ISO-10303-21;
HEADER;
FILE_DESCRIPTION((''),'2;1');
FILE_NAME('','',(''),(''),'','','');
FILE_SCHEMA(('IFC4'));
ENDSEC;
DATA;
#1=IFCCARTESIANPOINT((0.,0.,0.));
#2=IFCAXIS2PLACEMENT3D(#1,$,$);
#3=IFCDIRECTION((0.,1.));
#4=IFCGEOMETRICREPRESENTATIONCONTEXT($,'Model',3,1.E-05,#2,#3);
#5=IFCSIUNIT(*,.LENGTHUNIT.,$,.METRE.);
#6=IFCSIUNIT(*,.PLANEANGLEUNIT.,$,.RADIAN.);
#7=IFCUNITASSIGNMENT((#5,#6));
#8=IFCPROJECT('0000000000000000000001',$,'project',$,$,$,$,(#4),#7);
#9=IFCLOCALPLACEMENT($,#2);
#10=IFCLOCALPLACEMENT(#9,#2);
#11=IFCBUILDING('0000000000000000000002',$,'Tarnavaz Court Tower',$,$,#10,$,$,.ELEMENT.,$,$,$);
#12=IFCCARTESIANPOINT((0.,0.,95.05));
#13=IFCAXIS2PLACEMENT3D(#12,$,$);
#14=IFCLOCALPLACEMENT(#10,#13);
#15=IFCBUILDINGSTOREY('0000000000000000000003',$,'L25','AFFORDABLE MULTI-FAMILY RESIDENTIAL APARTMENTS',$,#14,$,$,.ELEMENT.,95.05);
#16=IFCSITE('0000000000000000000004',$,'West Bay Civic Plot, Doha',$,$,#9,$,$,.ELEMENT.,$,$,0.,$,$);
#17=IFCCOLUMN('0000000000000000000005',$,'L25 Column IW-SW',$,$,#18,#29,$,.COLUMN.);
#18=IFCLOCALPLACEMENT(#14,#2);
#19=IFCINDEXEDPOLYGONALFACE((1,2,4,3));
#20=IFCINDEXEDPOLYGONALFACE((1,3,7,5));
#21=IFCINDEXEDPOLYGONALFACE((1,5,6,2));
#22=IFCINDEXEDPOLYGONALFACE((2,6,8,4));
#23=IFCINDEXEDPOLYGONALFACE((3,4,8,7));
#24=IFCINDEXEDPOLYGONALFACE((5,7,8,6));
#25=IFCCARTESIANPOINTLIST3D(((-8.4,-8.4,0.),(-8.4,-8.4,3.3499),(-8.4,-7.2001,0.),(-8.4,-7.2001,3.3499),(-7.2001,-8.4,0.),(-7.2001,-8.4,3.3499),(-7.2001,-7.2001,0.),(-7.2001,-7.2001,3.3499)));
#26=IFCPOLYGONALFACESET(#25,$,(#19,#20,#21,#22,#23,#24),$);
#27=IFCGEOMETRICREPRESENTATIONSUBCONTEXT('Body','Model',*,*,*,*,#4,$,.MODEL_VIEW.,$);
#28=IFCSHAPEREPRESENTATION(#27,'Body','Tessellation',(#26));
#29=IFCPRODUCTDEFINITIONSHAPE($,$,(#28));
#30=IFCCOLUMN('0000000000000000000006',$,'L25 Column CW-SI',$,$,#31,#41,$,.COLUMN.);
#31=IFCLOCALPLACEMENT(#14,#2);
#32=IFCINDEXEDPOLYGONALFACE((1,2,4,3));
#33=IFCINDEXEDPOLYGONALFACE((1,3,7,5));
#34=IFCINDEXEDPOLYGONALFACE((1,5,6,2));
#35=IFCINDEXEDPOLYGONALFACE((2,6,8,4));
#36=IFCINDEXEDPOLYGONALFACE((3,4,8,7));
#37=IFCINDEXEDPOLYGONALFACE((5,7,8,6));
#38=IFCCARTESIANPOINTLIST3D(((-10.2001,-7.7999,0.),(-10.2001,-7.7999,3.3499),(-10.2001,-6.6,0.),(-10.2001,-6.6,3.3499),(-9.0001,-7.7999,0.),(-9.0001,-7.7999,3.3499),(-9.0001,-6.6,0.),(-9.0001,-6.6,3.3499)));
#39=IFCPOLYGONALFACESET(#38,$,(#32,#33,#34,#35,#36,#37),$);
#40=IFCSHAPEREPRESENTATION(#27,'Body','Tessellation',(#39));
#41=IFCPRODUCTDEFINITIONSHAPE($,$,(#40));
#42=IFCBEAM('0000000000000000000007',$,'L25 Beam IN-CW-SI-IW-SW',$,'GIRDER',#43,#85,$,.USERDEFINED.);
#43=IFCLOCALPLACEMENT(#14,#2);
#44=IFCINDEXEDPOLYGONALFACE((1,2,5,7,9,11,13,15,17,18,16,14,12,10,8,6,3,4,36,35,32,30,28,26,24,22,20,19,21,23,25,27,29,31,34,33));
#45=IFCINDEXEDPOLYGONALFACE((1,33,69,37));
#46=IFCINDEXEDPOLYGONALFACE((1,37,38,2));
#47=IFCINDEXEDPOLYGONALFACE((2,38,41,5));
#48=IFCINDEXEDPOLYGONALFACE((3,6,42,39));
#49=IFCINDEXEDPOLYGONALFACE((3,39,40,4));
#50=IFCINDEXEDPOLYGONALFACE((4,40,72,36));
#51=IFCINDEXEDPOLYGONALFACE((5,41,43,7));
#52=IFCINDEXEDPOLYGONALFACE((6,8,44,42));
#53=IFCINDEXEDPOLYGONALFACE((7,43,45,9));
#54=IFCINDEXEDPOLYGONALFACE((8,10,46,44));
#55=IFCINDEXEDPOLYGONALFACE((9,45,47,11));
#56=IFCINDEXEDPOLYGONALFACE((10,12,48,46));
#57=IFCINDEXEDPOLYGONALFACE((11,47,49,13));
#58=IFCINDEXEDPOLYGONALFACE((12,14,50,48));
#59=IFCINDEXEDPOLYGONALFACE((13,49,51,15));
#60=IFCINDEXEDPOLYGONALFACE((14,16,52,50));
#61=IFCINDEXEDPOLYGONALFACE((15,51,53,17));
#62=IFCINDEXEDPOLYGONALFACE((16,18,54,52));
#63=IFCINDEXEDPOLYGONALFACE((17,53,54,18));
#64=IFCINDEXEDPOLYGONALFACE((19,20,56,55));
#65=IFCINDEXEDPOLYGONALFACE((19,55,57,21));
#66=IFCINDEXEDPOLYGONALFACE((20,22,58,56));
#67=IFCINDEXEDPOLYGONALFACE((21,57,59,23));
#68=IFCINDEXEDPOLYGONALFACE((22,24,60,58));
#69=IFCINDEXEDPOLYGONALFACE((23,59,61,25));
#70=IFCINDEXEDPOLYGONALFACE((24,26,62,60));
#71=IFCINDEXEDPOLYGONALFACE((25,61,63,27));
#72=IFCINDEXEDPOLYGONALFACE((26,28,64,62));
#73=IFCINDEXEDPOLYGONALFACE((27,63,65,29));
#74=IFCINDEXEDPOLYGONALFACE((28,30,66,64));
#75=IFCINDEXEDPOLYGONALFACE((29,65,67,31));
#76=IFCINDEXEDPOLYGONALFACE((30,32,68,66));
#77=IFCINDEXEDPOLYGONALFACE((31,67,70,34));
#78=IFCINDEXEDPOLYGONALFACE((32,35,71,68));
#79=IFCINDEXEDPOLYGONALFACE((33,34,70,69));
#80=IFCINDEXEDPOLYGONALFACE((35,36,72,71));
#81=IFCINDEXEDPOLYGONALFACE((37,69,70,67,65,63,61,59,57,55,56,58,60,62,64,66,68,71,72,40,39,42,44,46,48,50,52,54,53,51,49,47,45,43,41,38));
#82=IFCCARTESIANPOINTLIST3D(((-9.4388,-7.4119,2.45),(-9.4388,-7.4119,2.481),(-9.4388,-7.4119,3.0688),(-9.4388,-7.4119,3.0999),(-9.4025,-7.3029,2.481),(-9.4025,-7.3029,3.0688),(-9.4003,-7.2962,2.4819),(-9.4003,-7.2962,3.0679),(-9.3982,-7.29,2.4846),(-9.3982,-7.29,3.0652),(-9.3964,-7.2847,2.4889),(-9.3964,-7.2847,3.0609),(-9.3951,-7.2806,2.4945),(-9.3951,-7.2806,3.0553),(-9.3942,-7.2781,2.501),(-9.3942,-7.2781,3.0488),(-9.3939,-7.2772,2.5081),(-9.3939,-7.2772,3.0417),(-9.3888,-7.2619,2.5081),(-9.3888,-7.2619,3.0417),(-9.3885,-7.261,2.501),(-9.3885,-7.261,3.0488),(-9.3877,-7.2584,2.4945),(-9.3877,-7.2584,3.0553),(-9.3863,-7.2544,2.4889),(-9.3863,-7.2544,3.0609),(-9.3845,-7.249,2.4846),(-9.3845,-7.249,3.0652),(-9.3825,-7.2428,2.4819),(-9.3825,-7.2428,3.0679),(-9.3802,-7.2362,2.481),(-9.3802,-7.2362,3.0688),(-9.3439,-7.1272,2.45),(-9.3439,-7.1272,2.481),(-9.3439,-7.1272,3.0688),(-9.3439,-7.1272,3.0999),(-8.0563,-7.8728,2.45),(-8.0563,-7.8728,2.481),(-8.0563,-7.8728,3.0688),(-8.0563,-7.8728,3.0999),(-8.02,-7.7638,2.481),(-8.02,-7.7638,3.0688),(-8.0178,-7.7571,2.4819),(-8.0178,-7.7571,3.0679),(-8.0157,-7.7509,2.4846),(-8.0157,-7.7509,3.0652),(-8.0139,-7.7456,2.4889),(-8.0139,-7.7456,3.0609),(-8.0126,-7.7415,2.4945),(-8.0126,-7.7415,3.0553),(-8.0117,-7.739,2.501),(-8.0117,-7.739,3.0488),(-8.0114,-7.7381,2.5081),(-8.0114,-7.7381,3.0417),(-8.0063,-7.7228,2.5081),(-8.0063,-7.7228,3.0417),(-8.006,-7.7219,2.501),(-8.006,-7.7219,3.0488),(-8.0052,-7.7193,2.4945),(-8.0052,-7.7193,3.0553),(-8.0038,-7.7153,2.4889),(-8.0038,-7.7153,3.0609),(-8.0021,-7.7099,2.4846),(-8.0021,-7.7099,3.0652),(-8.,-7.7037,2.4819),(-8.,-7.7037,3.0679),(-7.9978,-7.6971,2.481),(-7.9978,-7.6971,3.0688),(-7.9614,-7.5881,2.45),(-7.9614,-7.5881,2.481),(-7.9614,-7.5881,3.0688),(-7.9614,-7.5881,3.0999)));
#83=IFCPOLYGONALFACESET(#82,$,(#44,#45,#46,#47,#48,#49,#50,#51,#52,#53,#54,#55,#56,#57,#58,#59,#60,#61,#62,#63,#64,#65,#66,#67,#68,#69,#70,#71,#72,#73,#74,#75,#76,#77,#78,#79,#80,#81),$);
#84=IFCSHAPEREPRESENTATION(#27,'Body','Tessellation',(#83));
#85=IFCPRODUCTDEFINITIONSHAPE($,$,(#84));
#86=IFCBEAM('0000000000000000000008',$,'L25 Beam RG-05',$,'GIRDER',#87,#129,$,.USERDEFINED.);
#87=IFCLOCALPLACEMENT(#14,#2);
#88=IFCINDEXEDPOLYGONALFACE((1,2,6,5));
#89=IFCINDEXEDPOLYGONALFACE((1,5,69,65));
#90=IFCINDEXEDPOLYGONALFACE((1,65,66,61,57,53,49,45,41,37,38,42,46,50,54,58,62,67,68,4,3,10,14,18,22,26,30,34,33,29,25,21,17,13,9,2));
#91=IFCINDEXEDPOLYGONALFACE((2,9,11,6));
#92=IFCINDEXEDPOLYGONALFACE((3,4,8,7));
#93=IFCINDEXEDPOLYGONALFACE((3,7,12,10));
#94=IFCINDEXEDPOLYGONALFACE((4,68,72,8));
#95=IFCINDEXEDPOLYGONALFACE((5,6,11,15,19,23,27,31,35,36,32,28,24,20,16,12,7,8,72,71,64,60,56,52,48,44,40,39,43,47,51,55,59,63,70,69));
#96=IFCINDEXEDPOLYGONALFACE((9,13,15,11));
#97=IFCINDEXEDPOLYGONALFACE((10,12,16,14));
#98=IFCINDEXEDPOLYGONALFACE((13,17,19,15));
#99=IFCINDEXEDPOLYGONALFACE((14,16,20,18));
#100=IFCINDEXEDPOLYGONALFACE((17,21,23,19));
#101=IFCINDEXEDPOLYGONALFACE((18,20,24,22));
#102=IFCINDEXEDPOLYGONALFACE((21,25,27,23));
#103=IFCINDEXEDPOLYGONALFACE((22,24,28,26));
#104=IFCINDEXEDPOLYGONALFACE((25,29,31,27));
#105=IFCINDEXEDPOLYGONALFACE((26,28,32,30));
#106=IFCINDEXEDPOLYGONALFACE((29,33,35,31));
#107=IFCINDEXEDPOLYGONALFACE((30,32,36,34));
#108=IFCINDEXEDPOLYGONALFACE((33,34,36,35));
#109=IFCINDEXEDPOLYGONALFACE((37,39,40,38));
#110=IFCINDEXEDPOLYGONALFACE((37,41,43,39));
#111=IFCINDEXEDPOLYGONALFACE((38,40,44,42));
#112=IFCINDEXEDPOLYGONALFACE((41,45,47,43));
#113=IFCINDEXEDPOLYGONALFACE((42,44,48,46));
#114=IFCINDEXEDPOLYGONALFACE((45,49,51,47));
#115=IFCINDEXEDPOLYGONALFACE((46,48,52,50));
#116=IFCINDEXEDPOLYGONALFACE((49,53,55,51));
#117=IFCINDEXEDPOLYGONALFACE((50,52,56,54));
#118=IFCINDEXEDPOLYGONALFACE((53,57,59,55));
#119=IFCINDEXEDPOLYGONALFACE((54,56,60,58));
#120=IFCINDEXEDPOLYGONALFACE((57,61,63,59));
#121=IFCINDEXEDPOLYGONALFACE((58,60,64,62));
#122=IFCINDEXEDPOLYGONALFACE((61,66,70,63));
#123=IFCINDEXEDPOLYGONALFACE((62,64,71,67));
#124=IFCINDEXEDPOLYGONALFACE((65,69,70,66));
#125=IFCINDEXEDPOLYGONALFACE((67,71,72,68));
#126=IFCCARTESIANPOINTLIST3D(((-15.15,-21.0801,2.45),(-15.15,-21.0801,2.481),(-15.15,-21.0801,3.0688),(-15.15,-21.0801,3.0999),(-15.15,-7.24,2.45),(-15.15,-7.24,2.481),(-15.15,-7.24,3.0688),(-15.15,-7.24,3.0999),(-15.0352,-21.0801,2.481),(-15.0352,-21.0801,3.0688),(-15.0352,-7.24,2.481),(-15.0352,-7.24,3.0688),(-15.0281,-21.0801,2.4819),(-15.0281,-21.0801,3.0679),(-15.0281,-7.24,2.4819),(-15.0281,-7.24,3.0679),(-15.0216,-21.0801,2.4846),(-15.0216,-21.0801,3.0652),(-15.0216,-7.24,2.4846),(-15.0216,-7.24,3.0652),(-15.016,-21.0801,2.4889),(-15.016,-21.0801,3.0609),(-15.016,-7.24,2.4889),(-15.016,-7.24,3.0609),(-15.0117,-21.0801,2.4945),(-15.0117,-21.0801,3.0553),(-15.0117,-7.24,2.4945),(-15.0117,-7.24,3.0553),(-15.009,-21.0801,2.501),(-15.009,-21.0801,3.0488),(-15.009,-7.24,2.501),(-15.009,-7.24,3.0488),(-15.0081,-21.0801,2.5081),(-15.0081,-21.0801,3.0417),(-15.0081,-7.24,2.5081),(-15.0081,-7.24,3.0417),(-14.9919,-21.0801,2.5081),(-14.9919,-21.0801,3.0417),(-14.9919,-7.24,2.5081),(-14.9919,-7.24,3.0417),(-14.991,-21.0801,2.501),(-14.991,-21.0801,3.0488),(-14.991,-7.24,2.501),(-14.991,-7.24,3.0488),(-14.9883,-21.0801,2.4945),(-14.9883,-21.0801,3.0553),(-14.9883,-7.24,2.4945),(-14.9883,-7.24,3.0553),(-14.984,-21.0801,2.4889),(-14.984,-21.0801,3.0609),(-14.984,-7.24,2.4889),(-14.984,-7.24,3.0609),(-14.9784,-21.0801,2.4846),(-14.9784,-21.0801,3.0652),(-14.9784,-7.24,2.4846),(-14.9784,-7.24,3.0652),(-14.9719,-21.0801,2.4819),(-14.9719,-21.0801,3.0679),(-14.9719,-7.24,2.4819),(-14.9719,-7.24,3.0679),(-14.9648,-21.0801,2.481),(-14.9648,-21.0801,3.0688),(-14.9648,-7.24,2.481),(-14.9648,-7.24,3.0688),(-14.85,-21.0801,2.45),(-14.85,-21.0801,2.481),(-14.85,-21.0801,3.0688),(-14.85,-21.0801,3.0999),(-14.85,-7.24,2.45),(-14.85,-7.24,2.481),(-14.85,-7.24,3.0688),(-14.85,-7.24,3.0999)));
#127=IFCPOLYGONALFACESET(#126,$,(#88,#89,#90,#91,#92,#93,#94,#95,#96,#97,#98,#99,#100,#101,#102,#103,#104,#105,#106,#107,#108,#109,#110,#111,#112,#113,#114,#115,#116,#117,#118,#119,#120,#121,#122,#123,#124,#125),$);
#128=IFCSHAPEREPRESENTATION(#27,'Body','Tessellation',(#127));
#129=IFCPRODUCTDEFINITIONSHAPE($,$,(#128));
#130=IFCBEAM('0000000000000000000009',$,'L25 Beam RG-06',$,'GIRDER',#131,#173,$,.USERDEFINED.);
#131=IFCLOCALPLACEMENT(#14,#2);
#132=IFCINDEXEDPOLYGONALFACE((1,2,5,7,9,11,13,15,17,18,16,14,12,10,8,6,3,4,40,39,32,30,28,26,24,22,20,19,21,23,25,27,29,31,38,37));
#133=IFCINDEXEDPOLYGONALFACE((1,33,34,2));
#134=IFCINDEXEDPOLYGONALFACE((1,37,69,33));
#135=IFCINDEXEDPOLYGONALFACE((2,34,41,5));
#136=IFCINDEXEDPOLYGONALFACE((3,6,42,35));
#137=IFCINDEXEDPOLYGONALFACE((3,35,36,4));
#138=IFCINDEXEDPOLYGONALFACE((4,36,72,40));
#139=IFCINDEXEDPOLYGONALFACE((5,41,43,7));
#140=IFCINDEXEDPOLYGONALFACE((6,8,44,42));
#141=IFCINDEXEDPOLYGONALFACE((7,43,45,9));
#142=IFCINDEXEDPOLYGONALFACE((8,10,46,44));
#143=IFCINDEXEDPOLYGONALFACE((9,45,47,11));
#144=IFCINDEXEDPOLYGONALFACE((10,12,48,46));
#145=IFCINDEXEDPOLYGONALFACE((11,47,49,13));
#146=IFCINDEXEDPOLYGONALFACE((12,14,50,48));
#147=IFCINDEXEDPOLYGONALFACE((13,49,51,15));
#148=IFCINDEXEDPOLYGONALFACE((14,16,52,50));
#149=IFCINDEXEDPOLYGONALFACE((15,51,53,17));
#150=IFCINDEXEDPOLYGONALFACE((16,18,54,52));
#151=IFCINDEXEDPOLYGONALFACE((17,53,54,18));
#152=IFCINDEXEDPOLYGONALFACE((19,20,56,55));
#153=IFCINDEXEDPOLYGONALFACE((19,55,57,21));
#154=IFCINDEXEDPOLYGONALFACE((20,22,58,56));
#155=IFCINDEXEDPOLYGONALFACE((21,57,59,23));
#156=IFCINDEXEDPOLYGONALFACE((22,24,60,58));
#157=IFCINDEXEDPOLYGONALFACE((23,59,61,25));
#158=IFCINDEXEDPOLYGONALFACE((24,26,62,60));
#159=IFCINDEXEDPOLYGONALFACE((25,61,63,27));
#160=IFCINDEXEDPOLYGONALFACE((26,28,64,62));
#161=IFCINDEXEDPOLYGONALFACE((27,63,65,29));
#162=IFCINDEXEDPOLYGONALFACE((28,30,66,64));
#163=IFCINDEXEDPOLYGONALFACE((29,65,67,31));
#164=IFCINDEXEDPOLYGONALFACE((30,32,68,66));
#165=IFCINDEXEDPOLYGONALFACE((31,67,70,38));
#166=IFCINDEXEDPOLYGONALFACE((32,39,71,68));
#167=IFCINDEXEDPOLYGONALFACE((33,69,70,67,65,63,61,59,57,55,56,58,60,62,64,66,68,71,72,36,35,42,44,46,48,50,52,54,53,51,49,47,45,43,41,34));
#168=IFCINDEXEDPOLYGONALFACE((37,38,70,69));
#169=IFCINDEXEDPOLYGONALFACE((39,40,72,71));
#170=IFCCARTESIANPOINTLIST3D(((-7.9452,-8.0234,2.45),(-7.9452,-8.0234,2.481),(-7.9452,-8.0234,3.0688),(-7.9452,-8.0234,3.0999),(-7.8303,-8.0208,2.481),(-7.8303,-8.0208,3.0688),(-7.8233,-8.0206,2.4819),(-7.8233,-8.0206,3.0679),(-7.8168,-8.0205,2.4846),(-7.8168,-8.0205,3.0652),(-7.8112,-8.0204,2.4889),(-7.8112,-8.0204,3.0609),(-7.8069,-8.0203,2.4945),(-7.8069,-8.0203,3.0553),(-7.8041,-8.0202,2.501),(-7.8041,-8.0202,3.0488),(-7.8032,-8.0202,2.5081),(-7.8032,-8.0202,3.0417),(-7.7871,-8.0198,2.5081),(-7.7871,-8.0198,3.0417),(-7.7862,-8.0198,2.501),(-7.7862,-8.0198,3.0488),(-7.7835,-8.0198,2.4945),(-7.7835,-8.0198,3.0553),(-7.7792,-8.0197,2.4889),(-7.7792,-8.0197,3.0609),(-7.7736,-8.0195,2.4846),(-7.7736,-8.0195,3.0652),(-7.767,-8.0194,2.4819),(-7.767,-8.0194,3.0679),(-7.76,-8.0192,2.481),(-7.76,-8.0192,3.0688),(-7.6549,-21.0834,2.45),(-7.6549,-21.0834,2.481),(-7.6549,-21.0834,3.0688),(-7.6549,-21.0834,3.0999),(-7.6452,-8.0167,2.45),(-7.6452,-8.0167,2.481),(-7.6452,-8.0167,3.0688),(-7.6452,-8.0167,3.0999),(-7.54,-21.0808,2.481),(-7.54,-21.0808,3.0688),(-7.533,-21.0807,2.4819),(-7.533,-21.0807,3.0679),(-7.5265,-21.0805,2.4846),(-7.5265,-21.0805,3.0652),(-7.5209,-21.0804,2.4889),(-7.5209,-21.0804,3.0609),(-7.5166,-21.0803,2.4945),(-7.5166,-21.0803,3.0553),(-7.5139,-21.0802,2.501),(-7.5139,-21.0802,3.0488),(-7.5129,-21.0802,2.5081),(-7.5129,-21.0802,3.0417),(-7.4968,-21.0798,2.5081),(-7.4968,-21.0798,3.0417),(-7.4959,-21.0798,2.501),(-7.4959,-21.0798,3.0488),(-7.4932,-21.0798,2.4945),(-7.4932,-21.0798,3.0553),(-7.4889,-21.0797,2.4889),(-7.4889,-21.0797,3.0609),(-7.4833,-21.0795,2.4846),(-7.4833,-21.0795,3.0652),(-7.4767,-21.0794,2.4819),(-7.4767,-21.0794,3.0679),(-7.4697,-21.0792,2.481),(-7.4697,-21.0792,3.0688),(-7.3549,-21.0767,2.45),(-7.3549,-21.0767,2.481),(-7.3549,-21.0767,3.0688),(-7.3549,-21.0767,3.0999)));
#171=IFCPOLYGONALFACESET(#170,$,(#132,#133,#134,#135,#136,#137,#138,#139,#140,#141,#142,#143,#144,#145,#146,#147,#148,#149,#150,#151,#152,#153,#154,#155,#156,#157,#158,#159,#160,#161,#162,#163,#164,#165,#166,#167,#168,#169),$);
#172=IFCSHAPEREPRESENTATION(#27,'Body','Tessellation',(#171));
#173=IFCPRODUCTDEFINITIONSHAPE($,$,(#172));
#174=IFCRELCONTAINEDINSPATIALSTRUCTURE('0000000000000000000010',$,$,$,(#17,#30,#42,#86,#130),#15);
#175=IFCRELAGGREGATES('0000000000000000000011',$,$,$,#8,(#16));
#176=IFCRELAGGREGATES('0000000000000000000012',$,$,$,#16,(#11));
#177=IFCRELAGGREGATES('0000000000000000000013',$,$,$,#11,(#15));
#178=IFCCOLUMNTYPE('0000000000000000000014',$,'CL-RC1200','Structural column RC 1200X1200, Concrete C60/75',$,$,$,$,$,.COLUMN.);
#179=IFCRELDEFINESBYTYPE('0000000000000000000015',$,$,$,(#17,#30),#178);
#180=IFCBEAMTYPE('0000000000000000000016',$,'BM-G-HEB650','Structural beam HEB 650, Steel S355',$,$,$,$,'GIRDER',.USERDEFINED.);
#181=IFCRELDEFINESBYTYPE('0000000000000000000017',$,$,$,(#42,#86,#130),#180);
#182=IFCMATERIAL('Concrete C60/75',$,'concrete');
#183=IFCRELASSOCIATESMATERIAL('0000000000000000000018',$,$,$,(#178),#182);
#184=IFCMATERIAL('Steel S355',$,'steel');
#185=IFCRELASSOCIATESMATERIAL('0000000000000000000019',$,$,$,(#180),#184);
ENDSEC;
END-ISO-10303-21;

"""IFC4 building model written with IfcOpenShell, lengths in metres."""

from ifc_helpers import new_model, si_unit, direction, frame, origin, origin_2d, place, context, subcontext, project, spatial, rectangle, i_section, extrude, material, material_profile, profile_set, type_object, element, save


model = new_model("IFC4")

# Units and contexts
model_context = context("Model", 3, precision=1e-05, world=origin(), true_north=direction((0.0, 1.0)))
body_context = subcontext(model_context, "Body", "Model", "MODEL_VIEW")
ifc_project = project(units=[si_unit("LENGTHUNIT", "METRE"), si_unit("PLANEANGLEUNIT", "RADIAN")], contexts=[model_context])

# Site, building, storey
site_placement = place(None, origin())
site = spatial("IfcSite", under=ifc_project, at=site_placement, Name="West Bay Civic Plot, Doha", CompositionType="ELEMENT", RefElevation=0.0)
building_placement = place(site_placement, origin())
building = spatial("IfcBuilding", under=site, at=building_placement, Name="Tarnavaz Court Tower", CompositionType="ELEMENT")
storey_placement = place(building_placement, frame((0.0, 0.0, 95.05)))
storey = spatial("IfcBuildingStorey", under=building, at=storey_placement, Name="L25", Description="AFFORDABLE MULTI-FAMILY RESIDENTIAL APARTMENTS", CompositionType="ELEMENT", Elevation=95.05)

# Columns
ifc_material_1 = material(Name="Concrete C60/75", Category="concrete")
ifc_material_profile_1 = material_profile(ifc_material_1, rectangle(XDim=1.2, YDim=1.2, at=origin_2d()), Name="RC 1200X1200")
ifc_profile_set_1 = profile_set([ifc_material_profile_1], Name="Concrete C60/75")
column_type = type_object("IfcColumnType", Name="CL-RC1200", Description="Structural column RC 1200X1200, Concrete C60/75", PredefinedType="COLUMN", material=ifc_profile_set_1)
for number, where, z_axis, x_axis, name in (
    (1, (-7.8, -7.8, 0.0), (0.0, 0.0, 1.0), (1.0, 0.0, 0.0), "L25 Column IW-SW"),
    (2, (-9.6001, -7.2, 0.0), (0.0, 0.0, 1.0), (1.0, 0.0, 0.0), "L25 Column CW-SI"),
):
    element("IfcColumn", number, at=place(storey_placement, frame(where, z_axis=z_axis, x_axis=x_axis)), inside=storey, type_object=column_type, Name=name, PredefinedType="COLUMN", context=body_context, shape_type="SweptSolid", body=[
        extrude(rectangle(XDim=1.2, YDim=1.2, at=origin_2d()), origin(), (0.0, 0.0, 1.0), 3.3499),
    ])

# Beams
ifc_material_2 = material(Name="Steel S355", Category="steel")
ifc_material_profile_2 = material_profile(ifc_material_2, i_section(OverallWidth=0.3, OverallDepth=0.6499, WebThickness=0.0161, FlangeThickness=0.031, FilletRadius=0.0271, at=origin_2d()), Name="HEB 650")
ifc_profile_set_2 = profile_set([ifc_material_profile_2], Name="Steel S355")
beam_type_1 = type_object("IfcBeamType", Name="BM-G-HEB650", Description="Structural beam HEB 650, Steel S355", ElementType="GIRDER", PredefinedType="USERDEFINED", material=ifc_profile_set_2)
beam_1_placement = place(storey_placement, frame((-9.3914, -7.2695, 2.7749), z_axis=(0.948667, -0.316278, 0.0), x_axis=(0.316278, 0.948667, 0.0)))
element("IfcBeam", 3, at=beam_1_placement, inside=storey, type_object=beam_type_1, Name="L25 Beam IN-CW-SI-IW-SW", ObjectType="GIRDER", PredefinedType="USERDEFINED", context=body_context, shape_type="SweptSolid", body=[
    extrude(i_section(OverallWidth=0.3, OverallDepth=0.6499, WebThickness=0.0161, FlangeThickness=0.031, FilletRadius=0.0271, at=origin_2d()), origin(), (0.0, 0.0, 1.0), 1.4573),
])
beam_2_placement = place(storey_placement, frame((-15.0, -7.24, 2.7749), z_axis=(0.0, -1.0, 0.0), x_axis=(1.0, 0.0, 0.0)))
element("IfcBeam", 4, at=beam_2_placement, inside=storey, type_object=beam_type_1, Name="L25 Beam RG-05", ObjectType="GIRDER", PredefinedType="USERDEFINED", context=body_context, shape_type="SweptSolid", body=[
    extrude(i_section(OverallWidth=0.3, OverallDepth=0.6499, WebThickness=0.0161, FlangeThickness=0.031, FilletRadius=0.0271, at=origin_2d()), origin(), (0.0, 0.0, 1.0), 13.8401),
])
beam_3_placement = place(storey_placement, frame((-7.7952, -8.02, 2.7749), z_axis=(0.022221, -0.999753, 0.0), x_axis=(0.999753, 0.022221, 0.0)))
element("IfcBeam", 5, at=beam_3_placement, inside=storey, type_object=beam_type_1, Name="L25 Beam RG-06", ObjectType="GIRDER", PredefinedType="USERDEFINED", context=body_context, shape_type="SweptSolid", body=[
    extrude(i_section(OverallWidth=0.3, OverallDepth=0.6499, WebThickness=0.0161, FlangeThickness=0.031, FilletRadius=0.0271, at=origin_2d()), origin(), (0.0, 0.0, 1.0), 13.0632),
])

save(model, "model.ifc")
